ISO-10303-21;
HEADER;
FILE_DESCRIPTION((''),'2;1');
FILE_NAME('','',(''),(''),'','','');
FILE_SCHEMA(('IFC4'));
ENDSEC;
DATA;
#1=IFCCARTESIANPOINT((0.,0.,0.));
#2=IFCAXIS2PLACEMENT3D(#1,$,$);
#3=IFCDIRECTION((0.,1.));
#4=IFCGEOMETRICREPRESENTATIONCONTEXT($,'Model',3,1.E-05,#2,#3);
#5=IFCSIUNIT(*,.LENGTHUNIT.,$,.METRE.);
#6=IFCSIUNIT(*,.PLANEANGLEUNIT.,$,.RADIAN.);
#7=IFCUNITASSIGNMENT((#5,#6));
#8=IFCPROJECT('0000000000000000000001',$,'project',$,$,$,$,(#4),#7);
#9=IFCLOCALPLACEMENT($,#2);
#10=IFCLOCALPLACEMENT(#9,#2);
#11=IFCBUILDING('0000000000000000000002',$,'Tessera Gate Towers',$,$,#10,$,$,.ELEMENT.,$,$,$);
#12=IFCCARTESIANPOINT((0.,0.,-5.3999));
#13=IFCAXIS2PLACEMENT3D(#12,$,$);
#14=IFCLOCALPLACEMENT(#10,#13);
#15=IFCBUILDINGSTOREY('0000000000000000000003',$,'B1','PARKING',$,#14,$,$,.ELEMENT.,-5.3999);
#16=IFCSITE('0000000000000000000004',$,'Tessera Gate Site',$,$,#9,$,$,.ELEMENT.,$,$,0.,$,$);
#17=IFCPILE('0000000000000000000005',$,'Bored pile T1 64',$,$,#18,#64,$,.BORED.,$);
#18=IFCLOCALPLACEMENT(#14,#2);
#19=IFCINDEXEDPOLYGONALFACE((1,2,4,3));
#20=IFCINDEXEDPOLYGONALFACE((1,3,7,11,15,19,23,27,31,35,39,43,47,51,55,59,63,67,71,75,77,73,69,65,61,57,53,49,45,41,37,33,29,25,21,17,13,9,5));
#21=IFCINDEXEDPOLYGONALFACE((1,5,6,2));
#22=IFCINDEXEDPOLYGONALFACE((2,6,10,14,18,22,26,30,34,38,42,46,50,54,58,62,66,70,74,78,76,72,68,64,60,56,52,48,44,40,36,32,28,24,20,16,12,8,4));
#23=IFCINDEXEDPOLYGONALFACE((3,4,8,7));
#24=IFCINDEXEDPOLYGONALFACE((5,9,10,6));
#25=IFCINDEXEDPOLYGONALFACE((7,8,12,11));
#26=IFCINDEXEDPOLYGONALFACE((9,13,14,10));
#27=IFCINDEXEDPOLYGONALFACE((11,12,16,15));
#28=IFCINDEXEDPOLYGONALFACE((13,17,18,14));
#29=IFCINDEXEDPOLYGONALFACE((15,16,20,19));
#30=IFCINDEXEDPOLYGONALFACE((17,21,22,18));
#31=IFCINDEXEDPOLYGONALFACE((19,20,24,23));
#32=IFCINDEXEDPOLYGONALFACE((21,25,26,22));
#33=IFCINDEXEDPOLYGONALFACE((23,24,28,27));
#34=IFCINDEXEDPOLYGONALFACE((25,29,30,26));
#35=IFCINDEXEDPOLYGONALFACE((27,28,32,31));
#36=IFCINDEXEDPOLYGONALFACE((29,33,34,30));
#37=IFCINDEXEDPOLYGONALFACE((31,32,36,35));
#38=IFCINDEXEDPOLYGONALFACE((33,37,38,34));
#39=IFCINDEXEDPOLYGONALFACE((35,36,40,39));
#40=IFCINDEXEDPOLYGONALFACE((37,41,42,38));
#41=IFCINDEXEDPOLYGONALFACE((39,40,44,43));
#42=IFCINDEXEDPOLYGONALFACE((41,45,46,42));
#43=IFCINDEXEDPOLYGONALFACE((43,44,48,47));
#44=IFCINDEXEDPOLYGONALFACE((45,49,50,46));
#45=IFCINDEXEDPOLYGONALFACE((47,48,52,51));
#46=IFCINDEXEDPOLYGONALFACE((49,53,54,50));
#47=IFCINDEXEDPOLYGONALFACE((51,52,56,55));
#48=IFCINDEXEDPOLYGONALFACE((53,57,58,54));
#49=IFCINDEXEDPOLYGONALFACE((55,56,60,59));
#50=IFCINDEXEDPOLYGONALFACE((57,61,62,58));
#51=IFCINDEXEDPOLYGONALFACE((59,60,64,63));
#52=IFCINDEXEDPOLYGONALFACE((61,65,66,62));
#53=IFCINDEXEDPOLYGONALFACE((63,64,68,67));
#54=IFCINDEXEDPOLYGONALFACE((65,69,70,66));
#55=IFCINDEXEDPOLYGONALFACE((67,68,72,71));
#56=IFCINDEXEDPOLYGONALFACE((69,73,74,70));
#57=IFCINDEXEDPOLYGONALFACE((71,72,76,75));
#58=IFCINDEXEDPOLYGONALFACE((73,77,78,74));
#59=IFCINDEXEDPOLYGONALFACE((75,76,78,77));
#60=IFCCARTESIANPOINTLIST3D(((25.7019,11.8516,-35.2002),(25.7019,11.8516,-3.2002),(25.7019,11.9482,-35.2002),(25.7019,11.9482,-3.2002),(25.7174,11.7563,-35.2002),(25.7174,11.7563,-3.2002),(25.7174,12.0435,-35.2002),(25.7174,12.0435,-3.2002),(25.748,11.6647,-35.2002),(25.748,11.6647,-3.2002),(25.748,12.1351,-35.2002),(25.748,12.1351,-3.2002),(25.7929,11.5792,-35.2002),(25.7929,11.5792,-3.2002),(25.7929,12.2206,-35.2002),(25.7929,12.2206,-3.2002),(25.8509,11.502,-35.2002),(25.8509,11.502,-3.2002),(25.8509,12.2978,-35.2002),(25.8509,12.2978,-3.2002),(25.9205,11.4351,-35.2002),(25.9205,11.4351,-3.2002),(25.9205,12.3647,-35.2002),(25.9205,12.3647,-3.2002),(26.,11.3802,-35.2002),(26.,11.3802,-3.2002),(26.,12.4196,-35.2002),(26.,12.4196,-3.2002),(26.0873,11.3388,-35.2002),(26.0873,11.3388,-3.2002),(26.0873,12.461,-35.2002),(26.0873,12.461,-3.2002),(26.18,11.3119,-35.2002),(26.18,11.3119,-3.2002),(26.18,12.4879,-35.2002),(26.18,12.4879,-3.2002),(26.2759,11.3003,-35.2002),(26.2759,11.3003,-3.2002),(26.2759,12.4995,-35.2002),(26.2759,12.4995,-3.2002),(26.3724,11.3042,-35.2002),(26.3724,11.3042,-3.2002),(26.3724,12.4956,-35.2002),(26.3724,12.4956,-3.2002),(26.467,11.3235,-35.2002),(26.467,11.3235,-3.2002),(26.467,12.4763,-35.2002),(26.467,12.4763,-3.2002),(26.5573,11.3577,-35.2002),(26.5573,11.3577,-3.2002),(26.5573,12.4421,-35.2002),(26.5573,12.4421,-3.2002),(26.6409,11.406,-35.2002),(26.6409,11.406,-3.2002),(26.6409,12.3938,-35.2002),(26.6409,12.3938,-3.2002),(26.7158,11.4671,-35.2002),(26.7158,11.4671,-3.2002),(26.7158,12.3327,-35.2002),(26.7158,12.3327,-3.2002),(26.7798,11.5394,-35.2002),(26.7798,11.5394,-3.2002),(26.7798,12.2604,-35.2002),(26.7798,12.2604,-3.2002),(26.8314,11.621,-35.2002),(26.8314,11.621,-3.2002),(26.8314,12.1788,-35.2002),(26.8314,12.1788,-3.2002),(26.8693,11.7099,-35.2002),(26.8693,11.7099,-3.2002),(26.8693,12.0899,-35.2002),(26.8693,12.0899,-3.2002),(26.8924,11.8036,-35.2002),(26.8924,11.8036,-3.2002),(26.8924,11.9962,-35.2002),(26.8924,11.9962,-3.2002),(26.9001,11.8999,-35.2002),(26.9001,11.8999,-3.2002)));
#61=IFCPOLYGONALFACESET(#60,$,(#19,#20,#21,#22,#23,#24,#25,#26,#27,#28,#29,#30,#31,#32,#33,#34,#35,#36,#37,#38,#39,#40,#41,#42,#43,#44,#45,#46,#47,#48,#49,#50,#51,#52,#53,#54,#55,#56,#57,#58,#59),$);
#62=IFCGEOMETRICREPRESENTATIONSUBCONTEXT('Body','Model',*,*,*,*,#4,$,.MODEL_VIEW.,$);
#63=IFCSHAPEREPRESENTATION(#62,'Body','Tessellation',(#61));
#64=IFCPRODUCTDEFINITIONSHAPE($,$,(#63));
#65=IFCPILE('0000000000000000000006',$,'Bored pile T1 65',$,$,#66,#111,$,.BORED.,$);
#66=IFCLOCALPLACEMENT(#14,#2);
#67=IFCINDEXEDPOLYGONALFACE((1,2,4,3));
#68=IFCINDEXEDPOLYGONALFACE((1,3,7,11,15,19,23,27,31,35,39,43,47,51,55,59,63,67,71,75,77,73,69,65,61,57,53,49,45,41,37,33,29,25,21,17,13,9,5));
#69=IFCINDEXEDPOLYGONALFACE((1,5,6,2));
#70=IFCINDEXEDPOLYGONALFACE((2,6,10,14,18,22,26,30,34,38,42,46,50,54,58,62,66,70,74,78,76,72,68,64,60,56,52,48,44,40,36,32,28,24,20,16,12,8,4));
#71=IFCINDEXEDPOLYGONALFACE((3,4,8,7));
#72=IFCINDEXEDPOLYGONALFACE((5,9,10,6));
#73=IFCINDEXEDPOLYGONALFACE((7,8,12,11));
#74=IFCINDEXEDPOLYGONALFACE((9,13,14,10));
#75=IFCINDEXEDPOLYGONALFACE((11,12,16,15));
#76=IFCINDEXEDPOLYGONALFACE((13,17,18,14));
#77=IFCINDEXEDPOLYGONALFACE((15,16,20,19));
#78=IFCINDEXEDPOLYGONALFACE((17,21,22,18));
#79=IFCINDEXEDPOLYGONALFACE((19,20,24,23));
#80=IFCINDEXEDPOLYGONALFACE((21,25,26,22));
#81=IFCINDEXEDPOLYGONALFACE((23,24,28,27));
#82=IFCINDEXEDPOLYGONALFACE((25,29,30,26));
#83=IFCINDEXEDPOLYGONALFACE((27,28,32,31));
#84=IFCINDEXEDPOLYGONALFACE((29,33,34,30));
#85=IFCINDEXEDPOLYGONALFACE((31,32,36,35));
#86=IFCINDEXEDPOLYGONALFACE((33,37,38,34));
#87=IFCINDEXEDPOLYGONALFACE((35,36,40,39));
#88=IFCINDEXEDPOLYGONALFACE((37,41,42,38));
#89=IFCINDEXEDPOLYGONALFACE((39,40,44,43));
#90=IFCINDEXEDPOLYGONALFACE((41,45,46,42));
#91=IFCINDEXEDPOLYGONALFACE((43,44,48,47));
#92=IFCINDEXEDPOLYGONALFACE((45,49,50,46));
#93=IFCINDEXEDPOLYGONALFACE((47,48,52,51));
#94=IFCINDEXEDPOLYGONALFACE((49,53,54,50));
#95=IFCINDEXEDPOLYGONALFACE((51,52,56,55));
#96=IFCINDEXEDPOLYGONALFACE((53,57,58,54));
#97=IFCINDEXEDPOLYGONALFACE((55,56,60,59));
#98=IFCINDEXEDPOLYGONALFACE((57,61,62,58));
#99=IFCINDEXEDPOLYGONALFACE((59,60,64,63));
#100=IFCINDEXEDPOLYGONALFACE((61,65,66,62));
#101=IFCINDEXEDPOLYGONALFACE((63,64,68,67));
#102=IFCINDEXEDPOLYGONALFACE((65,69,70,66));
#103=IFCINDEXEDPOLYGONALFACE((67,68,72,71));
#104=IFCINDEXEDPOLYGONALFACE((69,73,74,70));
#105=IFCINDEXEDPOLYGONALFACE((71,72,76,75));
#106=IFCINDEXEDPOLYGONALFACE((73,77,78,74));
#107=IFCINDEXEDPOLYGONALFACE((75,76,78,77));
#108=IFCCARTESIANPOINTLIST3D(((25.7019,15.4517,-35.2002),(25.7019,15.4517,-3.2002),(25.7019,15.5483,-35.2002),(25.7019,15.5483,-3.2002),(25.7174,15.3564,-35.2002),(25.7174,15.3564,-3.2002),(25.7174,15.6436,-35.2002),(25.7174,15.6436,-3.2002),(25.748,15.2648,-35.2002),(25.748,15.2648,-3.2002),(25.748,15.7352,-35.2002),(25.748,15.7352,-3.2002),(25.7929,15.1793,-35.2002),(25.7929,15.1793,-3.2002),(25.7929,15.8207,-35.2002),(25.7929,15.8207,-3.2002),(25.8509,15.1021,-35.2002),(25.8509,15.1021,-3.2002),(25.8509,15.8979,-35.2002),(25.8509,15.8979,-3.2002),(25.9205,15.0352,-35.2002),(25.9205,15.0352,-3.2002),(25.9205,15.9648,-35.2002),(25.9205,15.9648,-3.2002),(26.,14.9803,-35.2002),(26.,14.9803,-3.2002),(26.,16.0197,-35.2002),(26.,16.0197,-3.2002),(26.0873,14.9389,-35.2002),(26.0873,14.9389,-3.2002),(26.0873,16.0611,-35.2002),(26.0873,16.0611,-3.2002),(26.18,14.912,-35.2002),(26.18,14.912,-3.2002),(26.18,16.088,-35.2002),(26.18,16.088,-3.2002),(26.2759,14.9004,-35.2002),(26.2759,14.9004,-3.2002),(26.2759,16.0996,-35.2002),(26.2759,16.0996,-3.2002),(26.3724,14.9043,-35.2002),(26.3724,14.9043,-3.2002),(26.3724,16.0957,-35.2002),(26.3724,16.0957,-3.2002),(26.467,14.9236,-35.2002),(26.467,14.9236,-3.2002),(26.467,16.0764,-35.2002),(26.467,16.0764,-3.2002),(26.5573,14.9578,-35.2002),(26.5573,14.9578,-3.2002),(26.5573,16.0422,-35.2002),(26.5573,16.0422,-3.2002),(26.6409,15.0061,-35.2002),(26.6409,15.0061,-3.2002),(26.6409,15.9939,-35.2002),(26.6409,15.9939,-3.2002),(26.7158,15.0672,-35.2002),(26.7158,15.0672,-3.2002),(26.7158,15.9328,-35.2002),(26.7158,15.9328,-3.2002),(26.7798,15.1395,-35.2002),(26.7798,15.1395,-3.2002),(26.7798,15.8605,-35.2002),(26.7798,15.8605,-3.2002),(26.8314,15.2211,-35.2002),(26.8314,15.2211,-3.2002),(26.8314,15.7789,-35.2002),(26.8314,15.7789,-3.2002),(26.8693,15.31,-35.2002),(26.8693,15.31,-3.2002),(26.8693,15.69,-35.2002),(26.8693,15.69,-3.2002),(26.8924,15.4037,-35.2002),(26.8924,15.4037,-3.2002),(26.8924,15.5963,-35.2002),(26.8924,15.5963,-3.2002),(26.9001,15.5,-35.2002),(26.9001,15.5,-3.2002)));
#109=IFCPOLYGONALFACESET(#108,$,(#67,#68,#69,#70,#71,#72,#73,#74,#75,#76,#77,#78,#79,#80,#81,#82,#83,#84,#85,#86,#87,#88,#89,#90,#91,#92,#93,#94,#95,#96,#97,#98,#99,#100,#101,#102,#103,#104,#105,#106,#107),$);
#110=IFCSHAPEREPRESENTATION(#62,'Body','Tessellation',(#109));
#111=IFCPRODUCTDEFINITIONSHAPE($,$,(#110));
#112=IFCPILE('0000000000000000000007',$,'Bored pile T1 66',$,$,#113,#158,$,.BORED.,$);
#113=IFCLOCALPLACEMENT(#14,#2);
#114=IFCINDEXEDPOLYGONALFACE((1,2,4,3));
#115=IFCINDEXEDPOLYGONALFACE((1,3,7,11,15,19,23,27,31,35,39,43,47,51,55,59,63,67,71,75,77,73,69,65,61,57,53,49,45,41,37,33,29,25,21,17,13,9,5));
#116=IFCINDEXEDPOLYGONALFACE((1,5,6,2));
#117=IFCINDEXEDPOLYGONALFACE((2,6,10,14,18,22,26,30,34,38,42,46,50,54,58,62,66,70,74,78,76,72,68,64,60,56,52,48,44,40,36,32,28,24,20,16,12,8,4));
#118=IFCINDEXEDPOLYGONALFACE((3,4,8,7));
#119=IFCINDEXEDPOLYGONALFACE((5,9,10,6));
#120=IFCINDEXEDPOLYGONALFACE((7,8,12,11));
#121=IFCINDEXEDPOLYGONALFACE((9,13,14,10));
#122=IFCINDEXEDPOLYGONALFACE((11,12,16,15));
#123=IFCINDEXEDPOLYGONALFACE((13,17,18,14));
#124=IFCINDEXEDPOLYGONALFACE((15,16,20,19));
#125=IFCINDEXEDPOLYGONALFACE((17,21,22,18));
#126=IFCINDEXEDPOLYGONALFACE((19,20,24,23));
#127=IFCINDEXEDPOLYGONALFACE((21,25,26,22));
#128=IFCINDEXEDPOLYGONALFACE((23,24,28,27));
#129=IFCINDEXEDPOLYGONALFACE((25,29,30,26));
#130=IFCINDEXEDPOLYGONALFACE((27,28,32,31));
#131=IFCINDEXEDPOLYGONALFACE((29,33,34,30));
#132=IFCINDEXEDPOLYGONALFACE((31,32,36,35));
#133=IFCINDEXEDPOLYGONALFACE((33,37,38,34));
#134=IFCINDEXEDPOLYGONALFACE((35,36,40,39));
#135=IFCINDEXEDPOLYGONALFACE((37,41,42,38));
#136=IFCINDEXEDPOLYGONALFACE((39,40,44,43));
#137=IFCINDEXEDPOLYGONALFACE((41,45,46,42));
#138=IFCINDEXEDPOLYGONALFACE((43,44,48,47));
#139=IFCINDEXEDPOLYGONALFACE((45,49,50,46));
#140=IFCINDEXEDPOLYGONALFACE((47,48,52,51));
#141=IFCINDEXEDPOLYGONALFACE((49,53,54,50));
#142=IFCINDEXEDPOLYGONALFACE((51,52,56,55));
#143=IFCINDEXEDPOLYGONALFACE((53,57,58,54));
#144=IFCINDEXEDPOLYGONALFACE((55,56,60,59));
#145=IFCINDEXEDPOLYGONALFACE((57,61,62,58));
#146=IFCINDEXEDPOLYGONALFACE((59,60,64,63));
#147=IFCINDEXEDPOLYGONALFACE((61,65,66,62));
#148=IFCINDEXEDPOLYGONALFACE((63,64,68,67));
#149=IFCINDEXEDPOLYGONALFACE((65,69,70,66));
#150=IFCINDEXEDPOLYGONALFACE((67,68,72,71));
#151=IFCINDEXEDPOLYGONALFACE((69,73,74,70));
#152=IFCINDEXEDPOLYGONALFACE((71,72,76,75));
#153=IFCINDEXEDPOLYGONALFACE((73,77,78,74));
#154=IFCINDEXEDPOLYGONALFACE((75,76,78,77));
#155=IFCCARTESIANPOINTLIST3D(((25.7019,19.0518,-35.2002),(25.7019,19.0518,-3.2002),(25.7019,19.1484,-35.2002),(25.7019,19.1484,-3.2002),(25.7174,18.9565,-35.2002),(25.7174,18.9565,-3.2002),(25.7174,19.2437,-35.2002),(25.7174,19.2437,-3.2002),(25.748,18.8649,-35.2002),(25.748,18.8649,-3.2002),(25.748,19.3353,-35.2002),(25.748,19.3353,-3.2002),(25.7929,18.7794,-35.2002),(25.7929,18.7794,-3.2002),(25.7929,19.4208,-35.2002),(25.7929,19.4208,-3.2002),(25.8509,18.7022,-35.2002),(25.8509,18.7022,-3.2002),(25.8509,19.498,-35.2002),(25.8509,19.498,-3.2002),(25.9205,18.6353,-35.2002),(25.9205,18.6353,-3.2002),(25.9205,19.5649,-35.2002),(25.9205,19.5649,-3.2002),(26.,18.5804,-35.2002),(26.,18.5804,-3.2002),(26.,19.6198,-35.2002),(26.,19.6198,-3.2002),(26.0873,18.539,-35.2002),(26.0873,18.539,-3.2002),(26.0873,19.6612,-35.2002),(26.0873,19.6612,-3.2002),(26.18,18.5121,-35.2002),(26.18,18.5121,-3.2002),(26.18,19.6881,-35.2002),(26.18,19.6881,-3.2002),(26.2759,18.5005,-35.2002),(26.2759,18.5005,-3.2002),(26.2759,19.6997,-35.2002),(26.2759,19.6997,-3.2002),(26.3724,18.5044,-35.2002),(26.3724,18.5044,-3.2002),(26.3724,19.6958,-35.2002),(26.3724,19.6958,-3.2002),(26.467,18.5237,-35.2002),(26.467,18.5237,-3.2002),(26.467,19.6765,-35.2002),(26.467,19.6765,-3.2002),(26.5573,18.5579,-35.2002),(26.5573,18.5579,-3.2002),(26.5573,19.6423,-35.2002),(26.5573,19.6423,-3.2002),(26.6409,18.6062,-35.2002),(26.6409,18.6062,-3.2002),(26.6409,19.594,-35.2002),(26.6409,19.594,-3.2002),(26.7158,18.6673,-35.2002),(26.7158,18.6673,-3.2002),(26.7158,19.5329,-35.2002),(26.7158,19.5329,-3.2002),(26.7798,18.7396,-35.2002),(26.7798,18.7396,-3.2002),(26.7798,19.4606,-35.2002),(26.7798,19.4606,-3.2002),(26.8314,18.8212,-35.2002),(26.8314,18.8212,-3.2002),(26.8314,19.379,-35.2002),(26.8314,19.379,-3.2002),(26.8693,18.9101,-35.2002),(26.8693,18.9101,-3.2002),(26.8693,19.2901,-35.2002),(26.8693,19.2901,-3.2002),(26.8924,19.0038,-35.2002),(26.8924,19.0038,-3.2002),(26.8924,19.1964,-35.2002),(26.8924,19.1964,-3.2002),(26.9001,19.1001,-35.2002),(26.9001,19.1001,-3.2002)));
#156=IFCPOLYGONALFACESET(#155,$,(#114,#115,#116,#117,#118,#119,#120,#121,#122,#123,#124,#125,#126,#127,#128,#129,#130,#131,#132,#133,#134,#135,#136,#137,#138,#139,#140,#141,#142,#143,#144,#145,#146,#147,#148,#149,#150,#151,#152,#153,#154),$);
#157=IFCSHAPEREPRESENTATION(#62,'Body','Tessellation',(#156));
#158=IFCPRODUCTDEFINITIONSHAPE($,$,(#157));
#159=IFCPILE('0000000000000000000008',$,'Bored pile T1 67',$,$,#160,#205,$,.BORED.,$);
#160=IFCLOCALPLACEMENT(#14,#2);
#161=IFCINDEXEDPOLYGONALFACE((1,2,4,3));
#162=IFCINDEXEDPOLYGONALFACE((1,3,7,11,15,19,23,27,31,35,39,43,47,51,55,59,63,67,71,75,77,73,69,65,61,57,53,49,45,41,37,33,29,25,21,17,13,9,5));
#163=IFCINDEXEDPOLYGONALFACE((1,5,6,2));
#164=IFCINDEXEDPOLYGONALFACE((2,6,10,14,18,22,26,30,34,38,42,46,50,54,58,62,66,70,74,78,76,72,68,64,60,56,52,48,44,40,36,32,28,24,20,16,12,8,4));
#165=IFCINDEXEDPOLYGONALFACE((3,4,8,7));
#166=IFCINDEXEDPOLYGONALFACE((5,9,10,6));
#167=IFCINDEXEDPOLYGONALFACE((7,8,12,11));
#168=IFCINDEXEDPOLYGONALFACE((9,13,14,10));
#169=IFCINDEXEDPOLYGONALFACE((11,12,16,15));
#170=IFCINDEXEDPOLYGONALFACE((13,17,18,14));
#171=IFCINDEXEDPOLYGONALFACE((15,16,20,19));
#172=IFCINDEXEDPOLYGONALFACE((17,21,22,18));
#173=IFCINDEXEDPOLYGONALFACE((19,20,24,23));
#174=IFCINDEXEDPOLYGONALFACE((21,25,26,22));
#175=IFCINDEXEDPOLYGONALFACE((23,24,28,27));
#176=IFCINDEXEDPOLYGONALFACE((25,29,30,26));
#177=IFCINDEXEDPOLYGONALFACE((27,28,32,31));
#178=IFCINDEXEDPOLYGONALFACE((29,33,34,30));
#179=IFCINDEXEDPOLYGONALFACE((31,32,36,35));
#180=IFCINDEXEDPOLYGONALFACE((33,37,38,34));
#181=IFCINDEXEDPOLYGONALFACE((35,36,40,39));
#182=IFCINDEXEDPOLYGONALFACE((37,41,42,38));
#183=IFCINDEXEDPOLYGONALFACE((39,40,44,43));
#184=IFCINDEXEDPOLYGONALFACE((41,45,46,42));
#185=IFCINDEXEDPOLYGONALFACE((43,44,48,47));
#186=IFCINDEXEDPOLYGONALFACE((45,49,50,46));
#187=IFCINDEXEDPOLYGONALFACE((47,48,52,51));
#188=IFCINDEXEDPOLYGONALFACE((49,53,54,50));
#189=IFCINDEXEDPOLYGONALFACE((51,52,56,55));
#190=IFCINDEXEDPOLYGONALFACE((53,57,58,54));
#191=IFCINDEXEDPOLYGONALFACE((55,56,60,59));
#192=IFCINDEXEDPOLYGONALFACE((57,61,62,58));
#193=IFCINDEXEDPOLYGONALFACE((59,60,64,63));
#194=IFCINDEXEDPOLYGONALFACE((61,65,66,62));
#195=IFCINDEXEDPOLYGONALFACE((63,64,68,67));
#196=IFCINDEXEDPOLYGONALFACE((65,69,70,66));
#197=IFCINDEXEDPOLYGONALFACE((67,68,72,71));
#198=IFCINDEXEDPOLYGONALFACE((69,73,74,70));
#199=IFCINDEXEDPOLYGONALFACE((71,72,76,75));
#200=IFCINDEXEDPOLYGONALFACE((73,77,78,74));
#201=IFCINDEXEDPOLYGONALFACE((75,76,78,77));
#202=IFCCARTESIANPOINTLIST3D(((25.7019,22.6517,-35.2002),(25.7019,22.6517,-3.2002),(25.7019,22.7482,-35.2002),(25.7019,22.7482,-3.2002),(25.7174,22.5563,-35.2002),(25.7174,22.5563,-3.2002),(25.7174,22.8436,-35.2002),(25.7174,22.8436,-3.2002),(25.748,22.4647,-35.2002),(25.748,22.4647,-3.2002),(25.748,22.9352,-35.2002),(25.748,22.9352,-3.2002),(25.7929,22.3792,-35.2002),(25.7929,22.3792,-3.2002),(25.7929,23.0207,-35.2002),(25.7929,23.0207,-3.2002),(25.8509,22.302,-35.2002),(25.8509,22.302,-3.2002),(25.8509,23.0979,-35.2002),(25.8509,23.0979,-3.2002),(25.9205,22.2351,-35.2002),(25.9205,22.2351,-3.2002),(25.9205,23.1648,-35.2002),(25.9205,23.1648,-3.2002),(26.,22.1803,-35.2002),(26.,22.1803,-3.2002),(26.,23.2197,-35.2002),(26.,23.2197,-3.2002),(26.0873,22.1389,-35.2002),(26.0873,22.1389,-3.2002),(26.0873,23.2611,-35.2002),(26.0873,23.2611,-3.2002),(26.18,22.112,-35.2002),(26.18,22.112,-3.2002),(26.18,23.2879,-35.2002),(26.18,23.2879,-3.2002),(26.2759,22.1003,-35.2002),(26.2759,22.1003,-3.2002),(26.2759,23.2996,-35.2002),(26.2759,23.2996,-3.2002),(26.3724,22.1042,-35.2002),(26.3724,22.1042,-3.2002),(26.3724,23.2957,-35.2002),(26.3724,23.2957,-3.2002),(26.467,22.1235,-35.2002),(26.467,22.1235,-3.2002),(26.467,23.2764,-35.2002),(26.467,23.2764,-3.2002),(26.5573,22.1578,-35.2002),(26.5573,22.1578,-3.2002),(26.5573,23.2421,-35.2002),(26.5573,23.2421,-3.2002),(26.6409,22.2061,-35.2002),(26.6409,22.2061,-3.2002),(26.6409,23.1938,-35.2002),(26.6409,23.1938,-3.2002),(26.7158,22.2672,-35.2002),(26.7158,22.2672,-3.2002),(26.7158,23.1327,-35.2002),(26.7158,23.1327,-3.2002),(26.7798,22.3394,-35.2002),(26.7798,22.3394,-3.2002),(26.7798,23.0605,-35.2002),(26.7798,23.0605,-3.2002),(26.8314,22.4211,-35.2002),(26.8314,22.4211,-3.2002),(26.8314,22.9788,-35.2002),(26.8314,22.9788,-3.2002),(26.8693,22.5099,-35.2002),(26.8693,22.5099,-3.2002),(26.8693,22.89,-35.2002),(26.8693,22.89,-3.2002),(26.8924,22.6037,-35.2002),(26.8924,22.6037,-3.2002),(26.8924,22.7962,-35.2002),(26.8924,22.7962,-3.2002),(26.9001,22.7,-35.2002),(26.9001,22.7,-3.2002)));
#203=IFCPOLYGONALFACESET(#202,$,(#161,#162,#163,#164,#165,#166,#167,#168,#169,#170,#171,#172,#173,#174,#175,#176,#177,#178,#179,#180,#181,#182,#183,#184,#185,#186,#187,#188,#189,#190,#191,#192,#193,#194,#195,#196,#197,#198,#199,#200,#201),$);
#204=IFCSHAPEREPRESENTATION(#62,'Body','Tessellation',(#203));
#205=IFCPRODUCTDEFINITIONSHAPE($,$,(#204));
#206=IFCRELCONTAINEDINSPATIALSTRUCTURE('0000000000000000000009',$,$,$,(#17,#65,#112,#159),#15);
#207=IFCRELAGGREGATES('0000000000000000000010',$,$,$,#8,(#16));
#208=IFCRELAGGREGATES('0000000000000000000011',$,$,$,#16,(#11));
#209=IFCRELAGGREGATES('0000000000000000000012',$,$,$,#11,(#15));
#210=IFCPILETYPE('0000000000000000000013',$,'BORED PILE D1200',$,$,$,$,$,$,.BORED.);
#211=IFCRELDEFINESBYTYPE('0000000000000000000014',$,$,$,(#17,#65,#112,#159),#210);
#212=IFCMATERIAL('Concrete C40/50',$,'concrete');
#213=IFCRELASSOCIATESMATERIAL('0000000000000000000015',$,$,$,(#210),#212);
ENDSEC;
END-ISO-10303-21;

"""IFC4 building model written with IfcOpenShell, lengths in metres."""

from ifc_helpers import new_model, si_unit, direction, frame, origin, origin_2d, place, context, subcontext, project, spatial, circle, extrude, material, material_profile, profile_set, type_object, element, save


model = new_model("IFC4")

# Units and contexts
model_context = context("Model", 3, precision=1e-05, world=origin(), true_north=direction((0.0, 1.0)))
body_context = subcontext(model_context, "Body", "Model", "MODEL_VIEW")
ifc_project = project(units=[si_unit("LENGTHUNIT", "METRE"), si_unit("PLANEANGLEUNIT", "RADIAN")], contexts=[model_context])

# Site, building, storey
site_placement = place(None, origin())
site = spatial("IfcSite", under=ifc_project, at=site_placement, Name="Tessera Gate Site", CompositionType="ELEMENT", RefElevation=0.0)
building_placement = place(site_placement, origin())
building = spatial("IfcBuilding", under=site, at=building_placement, Name="Tessera Gate Towers", CompositionType="ELEMENT")
storey_placement = place(building_placement, frame((0.0, 0.0, -5.3999)))
storey = spatial("IfcBuildingStorey", under=building, at=storey_placement, Name="B1", Description="PARKING", CompositionType="ELEMENT", Elevation=-5.3999)

# Piles
ifc_material_1 = material(Name="Concrete C40/50", Category="concrete")
ifc_material_profile_1 = material_profile(ifc_material_1, circle(Radius=0.6001, at=origin_2d()), Name="BORED PILE D1200")
ifc_profile_set_1 = profile_set([ifc_material_profile_1], Name="Concrete C40/50")
pile_type = type_object("IfcPileType", Name="BORED PILE D1200", PredefinedType="BORED", material=ifc_profile_set_1)
for number, where, z_axis, x_axis, name in (
    (1, (26.3, 11.8999, -3.2002), (0.0, 0.0, -1.0), (1.0, 0.0, 0.0), "Bored pile T1 64"),
    (2, (26.3, 15.5, -3.2002), (0.0, 0.0, -1.0), (1.0, 0.0, 0.0), "Bored pile T1 65"),
    (3, (26.3, 19.1001, -3.2002), (0.0, 0.0, -1.0), (1.0, 0.0, 0.0), "Bored pile T1 66"),
    (4, (26.3, 22.7, -3.2002), (0.0, 0.0, -1.0), (1.0, 0.0, 0.0), "Bored pile T1 67"),
):
    element("IfcPile", number, at=place(storey_placement, frame(where, z_axis=z_axis, x_axis=x_axis)), inside=storey, type_object=pile_type, Name=name, PredefinedType="BORED", context=body_context, shape_type="SweptSolid", body=[
        extrude(circle(Radius=0.6001, at=origin_2d()), origin(), (0.0, 0.0, 1.0), 32.0),
    ])

save(model, "model.ifc")
